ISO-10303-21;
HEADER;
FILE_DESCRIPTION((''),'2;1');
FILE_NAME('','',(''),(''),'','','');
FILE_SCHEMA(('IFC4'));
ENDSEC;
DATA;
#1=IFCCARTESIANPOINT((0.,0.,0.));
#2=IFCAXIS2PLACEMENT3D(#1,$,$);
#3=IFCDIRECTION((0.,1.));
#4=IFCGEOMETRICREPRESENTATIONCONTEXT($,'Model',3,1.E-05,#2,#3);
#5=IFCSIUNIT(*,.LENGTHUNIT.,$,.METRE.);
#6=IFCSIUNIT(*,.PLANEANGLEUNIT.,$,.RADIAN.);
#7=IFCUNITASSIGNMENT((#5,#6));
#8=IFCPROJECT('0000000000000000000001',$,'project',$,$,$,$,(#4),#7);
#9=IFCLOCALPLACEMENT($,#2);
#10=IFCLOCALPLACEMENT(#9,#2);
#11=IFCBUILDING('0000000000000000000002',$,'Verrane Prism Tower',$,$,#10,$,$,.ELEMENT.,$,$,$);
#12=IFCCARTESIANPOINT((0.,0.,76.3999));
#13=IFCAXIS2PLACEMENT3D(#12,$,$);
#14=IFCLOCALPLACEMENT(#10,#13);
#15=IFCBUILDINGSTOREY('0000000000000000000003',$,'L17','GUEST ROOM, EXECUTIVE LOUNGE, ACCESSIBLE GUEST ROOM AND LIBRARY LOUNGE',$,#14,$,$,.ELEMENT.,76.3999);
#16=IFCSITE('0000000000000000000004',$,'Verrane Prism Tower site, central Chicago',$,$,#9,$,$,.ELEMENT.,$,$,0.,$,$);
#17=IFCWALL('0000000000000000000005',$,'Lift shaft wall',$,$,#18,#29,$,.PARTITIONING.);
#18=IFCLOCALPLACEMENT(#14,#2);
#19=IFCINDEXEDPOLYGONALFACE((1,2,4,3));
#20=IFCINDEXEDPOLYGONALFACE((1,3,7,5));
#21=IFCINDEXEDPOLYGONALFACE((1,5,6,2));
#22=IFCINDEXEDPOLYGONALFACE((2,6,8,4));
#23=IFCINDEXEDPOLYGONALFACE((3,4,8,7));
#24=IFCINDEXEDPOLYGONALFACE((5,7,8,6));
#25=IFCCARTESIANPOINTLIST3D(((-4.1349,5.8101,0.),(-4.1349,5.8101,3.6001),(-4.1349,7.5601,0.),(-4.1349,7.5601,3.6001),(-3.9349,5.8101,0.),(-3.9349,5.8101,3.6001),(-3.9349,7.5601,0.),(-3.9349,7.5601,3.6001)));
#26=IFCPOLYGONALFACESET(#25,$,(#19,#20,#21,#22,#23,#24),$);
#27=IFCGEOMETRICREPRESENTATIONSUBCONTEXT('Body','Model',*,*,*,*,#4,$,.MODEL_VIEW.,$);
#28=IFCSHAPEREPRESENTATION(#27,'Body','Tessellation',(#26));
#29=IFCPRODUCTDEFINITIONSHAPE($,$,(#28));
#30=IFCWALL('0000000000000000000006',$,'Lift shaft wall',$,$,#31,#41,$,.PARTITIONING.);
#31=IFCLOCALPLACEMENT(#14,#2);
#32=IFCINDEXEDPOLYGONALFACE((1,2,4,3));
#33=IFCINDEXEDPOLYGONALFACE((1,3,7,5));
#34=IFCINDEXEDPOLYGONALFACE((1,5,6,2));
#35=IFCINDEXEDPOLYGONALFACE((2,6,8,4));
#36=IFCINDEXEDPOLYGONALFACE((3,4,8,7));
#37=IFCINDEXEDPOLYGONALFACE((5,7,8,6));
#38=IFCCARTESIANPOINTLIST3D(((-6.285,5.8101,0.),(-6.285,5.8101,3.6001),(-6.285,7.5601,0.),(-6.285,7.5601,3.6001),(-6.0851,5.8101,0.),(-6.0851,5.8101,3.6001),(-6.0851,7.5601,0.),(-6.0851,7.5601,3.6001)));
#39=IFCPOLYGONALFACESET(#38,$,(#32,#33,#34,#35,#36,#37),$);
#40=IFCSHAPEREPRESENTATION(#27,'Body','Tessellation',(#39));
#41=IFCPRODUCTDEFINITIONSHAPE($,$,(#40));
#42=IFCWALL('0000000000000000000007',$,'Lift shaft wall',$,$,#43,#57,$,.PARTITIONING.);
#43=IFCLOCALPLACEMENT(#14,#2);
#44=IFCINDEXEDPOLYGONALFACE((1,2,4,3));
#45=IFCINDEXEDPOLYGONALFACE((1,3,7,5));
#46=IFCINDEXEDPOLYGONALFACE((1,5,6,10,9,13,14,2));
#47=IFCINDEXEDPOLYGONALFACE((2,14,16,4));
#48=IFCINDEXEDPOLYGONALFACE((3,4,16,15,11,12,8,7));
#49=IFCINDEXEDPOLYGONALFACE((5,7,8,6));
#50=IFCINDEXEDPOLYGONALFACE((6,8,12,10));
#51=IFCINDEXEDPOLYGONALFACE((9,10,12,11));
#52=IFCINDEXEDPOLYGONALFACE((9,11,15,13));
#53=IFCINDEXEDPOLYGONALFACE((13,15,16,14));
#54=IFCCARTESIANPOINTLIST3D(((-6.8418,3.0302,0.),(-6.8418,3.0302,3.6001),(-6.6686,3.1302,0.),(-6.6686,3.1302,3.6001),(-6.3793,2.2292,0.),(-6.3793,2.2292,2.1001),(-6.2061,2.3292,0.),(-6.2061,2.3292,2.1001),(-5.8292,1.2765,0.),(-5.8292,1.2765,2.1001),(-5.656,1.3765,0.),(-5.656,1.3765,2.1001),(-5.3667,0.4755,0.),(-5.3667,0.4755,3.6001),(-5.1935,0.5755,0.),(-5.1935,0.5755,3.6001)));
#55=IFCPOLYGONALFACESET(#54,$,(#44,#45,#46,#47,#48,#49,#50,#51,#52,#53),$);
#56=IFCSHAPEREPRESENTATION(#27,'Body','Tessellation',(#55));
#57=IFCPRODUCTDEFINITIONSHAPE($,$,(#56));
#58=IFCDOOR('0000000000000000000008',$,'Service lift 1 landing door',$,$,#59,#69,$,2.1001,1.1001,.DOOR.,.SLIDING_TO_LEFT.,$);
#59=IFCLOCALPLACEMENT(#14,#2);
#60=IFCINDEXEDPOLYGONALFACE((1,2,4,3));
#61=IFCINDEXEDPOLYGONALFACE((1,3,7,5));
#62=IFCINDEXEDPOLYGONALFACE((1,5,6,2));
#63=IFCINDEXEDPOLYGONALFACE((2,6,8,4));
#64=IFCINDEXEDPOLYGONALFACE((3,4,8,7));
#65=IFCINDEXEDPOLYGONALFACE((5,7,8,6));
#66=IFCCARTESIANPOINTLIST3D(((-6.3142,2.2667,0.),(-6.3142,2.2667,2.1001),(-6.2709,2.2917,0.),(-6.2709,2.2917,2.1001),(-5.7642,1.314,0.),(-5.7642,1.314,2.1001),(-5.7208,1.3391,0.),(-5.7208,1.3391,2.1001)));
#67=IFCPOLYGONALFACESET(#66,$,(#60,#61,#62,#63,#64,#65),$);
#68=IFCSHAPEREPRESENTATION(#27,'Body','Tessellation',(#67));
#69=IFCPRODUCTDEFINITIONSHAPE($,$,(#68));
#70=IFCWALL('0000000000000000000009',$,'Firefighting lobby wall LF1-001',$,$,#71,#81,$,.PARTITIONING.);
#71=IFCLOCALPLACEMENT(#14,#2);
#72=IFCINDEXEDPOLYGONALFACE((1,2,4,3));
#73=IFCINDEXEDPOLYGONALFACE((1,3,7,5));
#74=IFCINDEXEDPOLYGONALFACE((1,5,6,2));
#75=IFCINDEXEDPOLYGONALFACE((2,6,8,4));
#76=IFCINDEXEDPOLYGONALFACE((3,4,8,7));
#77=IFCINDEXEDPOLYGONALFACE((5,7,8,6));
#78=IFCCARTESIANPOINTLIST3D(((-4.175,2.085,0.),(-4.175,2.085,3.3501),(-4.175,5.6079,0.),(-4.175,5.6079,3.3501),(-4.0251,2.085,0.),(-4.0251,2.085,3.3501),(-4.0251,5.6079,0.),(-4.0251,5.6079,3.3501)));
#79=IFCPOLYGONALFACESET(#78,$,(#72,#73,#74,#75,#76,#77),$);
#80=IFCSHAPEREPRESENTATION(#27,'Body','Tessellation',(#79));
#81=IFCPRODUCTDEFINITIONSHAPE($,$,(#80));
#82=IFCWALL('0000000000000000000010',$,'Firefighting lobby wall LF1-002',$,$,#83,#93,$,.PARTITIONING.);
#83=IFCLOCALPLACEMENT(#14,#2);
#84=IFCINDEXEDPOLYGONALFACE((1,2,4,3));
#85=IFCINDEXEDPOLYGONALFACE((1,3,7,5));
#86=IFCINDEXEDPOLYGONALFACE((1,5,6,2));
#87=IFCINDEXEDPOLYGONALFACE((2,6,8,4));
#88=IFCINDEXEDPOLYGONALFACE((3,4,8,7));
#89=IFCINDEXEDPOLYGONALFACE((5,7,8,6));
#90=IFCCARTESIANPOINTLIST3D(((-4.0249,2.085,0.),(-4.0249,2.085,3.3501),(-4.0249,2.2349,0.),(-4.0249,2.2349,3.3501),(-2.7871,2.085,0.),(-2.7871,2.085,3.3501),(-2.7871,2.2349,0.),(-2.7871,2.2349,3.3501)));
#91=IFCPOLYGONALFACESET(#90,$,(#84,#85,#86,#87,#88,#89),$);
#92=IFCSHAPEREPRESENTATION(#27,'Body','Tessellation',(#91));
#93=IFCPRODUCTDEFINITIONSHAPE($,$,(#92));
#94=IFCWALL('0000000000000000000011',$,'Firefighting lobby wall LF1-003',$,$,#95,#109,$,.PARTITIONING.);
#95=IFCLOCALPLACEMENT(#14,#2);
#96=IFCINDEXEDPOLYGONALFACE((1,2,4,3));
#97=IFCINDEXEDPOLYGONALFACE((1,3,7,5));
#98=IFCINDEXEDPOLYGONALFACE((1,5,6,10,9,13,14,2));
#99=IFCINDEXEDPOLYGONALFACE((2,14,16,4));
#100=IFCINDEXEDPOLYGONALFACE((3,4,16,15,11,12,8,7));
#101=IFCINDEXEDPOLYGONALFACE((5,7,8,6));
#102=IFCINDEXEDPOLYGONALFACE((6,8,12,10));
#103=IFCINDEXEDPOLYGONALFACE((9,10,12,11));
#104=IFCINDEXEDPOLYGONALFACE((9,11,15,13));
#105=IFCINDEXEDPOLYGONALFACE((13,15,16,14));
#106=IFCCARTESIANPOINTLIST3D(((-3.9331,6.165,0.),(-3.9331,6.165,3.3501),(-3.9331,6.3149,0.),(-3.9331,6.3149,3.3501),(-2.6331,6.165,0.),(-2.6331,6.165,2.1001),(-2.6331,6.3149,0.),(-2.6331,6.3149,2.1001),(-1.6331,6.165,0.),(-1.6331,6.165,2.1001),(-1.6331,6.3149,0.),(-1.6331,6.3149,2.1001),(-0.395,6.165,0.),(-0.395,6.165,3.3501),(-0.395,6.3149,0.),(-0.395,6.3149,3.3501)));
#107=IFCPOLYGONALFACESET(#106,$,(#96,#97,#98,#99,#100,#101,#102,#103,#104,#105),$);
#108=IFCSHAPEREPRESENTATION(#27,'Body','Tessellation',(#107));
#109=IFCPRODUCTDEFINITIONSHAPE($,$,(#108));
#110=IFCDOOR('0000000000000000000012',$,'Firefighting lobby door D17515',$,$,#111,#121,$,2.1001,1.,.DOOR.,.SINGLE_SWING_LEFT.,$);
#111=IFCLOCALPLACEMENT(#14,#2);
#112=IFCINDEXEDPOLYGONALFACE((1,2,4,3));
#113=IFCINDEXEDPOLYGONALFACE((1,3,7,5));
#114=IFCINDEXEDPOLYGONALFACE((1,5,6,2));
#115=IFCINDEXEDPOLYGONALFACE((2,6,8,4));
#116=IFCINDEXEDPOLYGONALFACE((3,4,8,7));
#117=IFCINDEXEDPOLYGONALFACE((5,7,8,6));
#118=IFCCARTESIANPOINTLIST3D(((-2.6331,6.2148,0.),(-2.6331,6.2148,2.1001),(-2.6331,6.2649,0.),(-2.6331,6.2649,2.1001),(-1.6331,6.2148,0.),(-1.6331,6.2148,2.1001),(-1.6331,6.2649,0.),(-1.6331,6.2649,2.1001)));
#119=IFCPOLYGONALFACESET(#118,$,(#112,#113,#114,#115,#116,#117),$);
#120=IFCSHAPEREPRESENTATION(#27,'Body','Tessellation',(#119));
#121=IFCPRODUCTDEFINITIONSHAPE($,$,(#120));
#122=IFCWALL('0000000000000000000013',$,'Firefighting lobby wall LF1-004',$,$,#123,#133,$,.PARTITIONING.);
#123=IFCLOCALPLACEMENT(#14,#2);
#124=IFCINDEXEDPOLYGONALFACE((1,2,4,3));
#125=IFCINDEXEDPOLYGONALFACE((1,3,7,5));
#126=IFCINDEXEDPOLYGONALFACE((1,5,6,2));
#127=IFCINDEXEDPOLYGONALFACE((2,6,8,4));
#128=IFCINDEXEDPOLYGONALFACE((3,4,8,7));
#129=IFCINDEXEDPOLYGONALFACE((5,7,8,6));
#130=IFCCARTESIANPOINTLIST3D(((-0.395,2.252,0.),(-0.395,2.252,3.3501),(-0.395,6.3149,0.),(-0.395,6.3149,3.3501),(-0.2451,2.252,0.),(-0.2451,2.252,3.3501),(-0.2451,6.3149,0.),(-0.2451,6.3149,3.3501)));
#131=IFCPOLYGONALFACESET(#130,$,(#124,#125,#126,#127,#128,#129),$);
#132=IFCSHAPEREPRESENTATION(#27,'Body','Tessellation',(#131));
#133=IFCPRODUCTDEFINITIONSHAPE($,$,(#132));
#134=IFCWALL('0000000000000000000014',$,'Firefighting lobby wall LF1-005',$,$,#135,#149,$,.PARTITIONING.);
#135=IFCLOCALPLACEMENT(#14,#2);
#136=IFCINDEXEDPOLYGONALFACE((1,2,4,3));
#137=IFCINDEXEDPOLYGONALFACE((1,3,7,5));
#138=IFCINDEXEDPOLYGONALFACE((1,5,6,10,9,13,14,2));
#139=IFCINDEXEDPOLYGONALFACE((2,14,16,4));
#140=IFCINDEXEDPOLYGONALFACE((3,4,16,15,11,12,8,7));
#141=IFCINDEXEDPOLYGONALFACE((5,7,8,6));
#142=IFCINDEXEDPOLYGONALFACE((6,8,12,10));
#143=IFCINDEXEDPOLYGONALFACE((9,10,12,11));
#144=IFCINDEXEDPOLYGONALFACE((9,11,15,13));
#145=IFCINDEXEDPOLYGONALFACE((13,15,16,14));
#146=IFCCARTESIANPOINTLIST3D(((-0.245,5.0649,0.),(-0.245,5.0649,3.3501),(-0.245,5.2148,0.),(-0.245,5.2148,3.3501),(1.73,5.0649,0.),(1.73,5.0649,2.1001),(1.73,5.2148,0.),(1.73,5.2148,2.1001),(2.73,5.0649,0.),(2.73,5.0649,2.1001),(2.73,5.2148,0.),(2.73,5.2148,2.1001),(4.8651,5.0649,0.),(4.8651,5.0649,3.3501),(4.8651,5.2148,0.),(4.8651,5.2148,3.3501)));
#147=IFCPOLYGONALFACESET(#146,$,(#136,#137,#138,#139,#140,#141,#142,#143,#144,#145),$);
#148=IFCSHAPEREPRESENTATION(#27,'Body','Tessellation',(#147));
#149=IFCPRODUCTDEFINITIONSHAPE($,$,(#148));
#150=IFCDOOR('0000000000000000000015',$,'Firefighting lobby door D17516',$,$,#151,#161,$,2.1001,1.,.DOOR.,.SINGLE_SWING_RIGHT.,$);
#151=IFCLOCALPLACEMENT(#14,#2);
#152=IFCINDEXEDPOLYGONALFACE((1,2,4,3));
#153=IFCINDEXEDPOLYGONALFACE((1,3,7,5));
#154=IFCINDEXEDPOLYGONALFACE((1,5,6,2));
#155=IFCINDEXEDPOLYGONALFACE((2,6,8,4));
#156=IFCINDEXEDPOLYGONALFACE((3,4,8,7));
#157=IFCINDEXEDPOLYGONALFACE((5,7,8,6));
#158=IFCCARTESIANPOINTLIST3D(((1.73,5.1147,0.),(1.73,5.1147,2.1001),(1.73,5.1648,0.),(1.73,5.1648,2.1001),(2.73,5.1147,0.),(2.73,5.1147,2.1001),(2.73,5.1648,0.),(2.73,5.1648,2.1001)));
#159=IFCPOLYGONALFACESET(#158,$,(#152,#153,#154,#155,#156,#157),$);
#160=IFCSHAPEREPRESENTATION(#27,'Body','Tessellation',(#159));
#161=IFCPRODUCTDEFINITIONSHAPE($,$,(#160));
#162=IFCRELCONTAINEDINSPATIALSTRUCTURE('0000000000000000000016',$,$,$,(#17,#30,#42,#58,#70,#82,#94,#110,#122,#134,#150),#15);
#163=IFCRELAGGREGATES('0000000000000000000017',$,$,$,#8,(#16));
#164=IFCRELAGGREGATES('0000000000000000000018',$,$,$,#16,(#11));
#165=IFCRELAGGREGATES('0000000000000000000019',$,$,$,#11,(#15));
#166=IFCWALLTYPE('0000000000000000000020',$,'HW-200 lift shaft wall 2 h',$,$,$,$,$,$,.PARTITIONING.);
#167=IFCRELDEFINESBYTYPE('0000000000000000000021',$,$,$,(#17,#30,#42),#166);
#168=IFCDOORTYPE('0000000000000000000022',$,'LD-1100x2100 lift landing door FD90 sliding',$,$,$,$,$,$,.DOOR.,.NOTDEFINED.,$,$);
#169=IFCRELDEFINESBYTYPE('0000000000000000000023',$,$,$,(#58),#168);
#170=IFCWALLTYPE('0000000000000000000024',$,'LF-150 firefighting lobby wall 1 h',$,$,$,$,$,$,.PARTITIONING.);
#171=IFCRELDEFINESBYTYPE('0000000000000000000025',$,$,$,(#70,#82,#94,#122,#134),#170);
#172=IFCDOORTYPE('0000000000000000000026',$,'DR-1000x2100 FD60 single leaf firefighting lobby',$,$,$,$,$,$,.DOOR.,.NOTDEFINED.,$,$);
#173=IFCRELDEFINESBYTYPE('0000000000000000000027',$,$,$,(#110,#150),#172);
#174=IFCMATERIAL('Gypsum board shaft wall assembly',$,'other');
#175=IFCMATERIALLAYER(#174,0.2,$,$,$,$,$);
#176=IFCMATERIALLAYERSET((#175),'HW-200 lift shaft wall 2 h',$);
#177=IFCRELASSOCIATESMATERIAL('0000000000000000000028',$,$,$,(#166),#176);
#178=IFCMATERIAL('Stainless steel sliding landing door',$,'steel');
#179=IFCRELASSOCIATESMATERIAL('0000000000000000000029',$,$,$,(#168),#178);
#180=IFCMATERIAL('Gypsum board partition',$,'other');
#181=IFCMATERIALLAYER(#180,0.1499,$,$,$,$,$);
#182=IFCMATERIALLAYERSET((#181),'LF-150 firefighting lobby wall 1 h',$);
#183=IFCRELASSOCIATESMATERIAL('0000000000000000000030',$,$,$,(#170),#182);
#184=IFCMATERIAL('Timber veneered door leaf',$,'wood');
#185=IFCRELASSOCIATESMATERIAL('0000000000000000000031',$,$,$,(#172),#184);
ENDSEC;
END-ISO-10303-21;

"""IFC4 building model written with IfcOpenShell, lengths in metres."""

from ifc_helpers import new_model, si_unit, direction, frame, frame_2d, origin, place, context, subcontext, project, spatial, rectangle, extrude, material, layer, layer_set, type_object, element, fill, save


model = new_model("IFC4")

# Units and contexts
model_context = context("Model", 3, precision=1e-05, world=origin(), true_north=direction((0.0, 1.0)))
body_context = subcontext(model_context, "Body", "Model", "MODEL_VIEW")
ifc_project = project(units=[si_unit("LENGTHUNIT", "METRE"), si_unit("PLANEANGLEUNIT", "RADIAN")], contexts=[model_context])

# Site, building, storey
site_placement = place(None, origin())
site = spatial("IfcSite", under=ifc_project, at=site_placement, Name="Verrane Prism Tower site, central Chicago", CompositionType="ELEMENT", RefElevation=0.0)
building_placement = place(site_placement, origin())
building = spatial("IfcBuilding", under=site, at=building_placement, Name="Verrane Prism Tower", CompositionType="ELEMENT")
storey_placement = place(building_placement, frame((0.0, 0.0, 76.3999)))
storey = spatial("IfcBuildingStorey", under=building, at=storey_placement, Name="L17", Description="GUEST ROOM, EXECUTIVE LOUNGE, ACCESSIBLE GUEST ROOM AND LIBRARY LOUNGE", CompositionType="ELEMENT", Elevation=76.3999)

# Shared definitions
ifc_material_1 = material(Name="Gypsum board shaft wall assembly", Category="other")
ifc_layer_1 = layer(ifc_material_1, 0.2)
ifc_layer_set_1 = layer_set([ifc_layer_1], Name="HW-200 lift shaft wall 2 h")
wall_type_1 = type_object("IfcWallType", Name="HW-200 lift shaft wall 2 h", PredefinedType="PARTITIONING", material=ifc_layer_set_1)
ifc_material_2 = material(Name="Stainless steel sliding landing door", Category="steel")
door_type_1 = type_object("IfcDoorType", Name="LD-1100x2100 lift landing door FD90 sliding", OperationType="NOTDEFINED", PredefinedType="DOOR", material=ifc_material_2)

# Walls
for number, where, z_axis, x_axis, name in (
    (1, (-4.0349, 5.8101, 0.0), (0.0, 0.0, 1.0), (0.0, 1.0, 0.0), "Lift shaft wall"),
    (2, (-6.1851, 5.8101, 0.0), (0.0, 0.0, 1.0), (0.0, 1.0, 0.0), "Lift shaft wall"),
):
    element("IfcWall", number, at=place(storey_placement, frame(where, z_axis=z_axis, x_axis=x_axis)), inside=storey, type_object=wall_type_1, Name=name, PredefinedType="PARTITIONING", context=body_context, shape_type="SweptSolid", body=[
        extrude(rectangle(XDim=1.75, YDim=0.2, at=frame_2d((0.875, 0.0))), origin(), (0.0, 0.0, 1.0), 3.6001),
    ])

# Wall, opening, door
wall_1_placement = place(storey_placement, frame((-5.28, 0.5254, 0.0), z_axis=(0.0, 0.0, 1.0), x_axis=(-0.500038, 0.866004, 0.0)))
wall_1 = element("IfcWall", 3, at=wall_1_placement, inside=storey, type_object=wall_type_1, Name="Lift shaft wall", PredefinedType="PARTITIONING", context=body_context, shape_type="SweptSolid", body=[
    extrude(rectangle(XDim=2.95, YDim=0.2, at=frame_2d((1.4751, 0.0))), origin(), (0.0, 0.0, 1.0), 3.6001),
])
opening_1_placement = place(wall_1_placement, frame((0.925, 0.0, 0.0)))
opening_1 = element("IfcOpeningElement", 4, at=opening_1_placement, cuts=wall_1, PredefinedType="OPENING", context=body_context, shape_type="SweptSolid", body=[
    extrude(rectangle(XDim=1.1001, YDim=2.1001, at=frame_2d((0.55, 1.05))), frame((0.0, 0.1099, 0.0), z_axis=(0.0, -1.0, 0.0), x_axis=(1.0, 0.0, 0.0)), (0.0, 0.0, 1.0), 0.22),
])
door_1_placement = place(opening_1_placement, origin())
door_1 = element("IfcDoor", 5, at=door_1_placement, inside=storey, type_object=door_type_1, Name="Service lift 1 landing door", OperationType="SLIDING_TO_LEFT", OverallHeight=2.1001, OverallWidth=1.1001, PredefinedType="DOOR", context=body_context, shape_type="SweptSolid", body=[
    extrude(rectangle(XDim=1.1001, YDim=2.1001, at=frame_2d((0.55, 1.05))), frame((0.0, 0.0249, 0.0), z_axis=(0.0, -1.0, 0.0), x_axis=(1.0, 0.0, 0.0)), (0.0, 0.0, 1.0), 0.05),
])
fill(opening_1, door_1)

# Walls
ifc_material_3 = material(Name="Gypsum board partition", Category="other")
ifc_layer_2 = layer(ifc_material_3, 0.1499)
ifc_layer_set_2 = layer_set([ifc_layer_2], Name="LF-150 firefighting lobby wall 1 h")
wall_type_2 = type_object("IfcWallType", Name="LF-150 firefighting lobby wall 1 h", PredefinedType="PARTITIONING", material=ifc_layer_set_2)
wall_2_placement = place(storey_placement, frame((-4.1001, 2.085, 0.0), z_axis=(0.0, 0.0, 1.0), x_axis=(0.0, 1.0, 0.0)))
element("IfcWall", 6, at=wall_2_placement, inside=storey, type_object=wall_type_2, Name="Firefighting lobby wall LF1-001", PredefinedType="PARTITIONING", context=body_context, shape_type="SweptSolid", body=[
    extrude(rectangle(XDim=3.5229, YDim=0.1499, at=frame_2d((1.7615, 0.0))), origin(), (0.0, 0.0, 1.0), 3.3501),
])
wall_3_placement = place(storey_placement, frame((-4.0249, 2.1599, 0.0), z_axis=(0.0, 0.0, 1.0), x_axis=(1.0, 0.0, 0.0)))
element("IfcWall", 7, at=wall_3_placement, inside=storey, type_object=wall_type_2, Name="Firefighting lobby wall LF1-002", PredefinedType="PARTITIONING", context=body_context, shape_type="SweptSolid", body=[
    extrude(rectangle(XDim=1.2378, YDim=0.1499, at=frame_2d((0.6189, 0.0))), origin(), (0.0, 0.0, 1.0), 3.3501),
])

# Wall, opening, door
wall_4_placement = place(storey_placement, frame((-3.9331, 6.24, 0.0), z_axis=(0.0, 0.0, 1.0), x_axis=(1.0, 0.0, 0.0)))
wall_4 = element("IfcWall", 8, at=wall_4_placement, inside=storey, type_object=wall_type_2, Name="Firefighting lobby wall LF1-003", PredefinedType="PARTITIONING", context=body_context, shape_type="SweptSolid", body=[
    extrude(rectangle(XDim=3.5381, YDim=0.1499, at=frame_2d((1.769, 0.0))), origin(), (0.0, 0.0, 1.0), 3.3501),
])
opening_2_placement = place(wall_4_placement, frame((1.3, 0.0, 0.0)))
opening_2 = element("IfcOpeningElement", 9, at=opening_2_placement, cuts=wall_4, PredefinedType="OPENING", context=body_context, shape_type="SweptSolid", body=[
    extrude(rectangle(XDim=1.0, YDim=2.1001, at=frame_2d((0.5, 1.05))), frame((0.0, 0.085, 0.0), z_axis=(0.0, -1.0, 0.0), x_axis=(1.0, 0.0, 0.0)), (0.0, 0.0, 1.0), 0.1699),
])
ifc_material_4 = material(Name="Timber veneered door leaf", Category="wood")
door_type_2 = type_object("IfcDoorType", Name="DR-1000x2100 FD60 single leaf firefighting lobby", OperationType="NOTDEFINED", PredefinedType="DOOR", material=ifc_material_4)
door_2_placement = place(opening_2_placement, origin())
door_2 = element("IfcDoor", 10, at=door_2_placement, inside=storey, type_object=door_type_2, Name="Firefighting lobby door D17515", OperationType="SINGLE_SWING_LEFT", OverallHeight=2.1001, OverallWidth=1.0, PredefinedType="DOOR", context=body_context, shape_type="SweptSolid", body=[
    extrude(rectangle(XDim=1.0, YDim=2.1001, at=frame_2d((0.5, 1.05))), frame((0.0, 0.0249, 0.0), z_axis=(0.0, -1.0, 0.0), x_axis=(1.0, 0.0, 0.0)), (0.0, 0.0, 1.0), 0.05),
])
fill(opening_2, door_2)

# Wall
wall_5_placement = place(storey_placement, frame((-0.3201, 2.252, 0.0), z_axis=(0.0, 0.0, 1.0), x_axis=(0.0, 1.0, 0.0)))
element("IfcWall", 11, at=wall_5_placement, inside=storey, type_object=wall_type_2, Name="Firefighting lobby wall LF1-004", PredefinedType="PARTITIONING", context=body_context, shape_type="SweptSolid", body=[
    extrude(rectangle(XDim=4.063, YDim=0.1499, at=frame_2d((2.0315, 0.0))), origin(), (0.0, 0.0, 1.0), 3.3501),
])

# Wall, opening, door
wall_6_placement = place(storey_placement, frame((-0.2451, 5.1399, 0.0), z_axis=(0.0, 0.0, 1.0), x_axis=(1.0, 0.0, 0.0)))
wall_6 = element("IfcWall", 12, at=wall_6_placement, inside=storey, type_object=wall_type_2, Name="Firefighting lobby wall LF1-005", PredefinedType="PARTITIONING", context=body_context, shape_type="SweptSolid", body=[
    extrude(rectangle(XDim=5.1101, YDim=0.1499, at=frame_2d((2.5552, 0.0))), origin(), (0.0, 0.0, 1.0), 3.3501),
])
opening_3_placement = place(wall_6_placement, frame((1.9751, 0.0, 0.0)))
opening_3 = element("IfcOpeningElement", 13, at=opening_3_placement, cuts=wall_6, PredefinedType="OPENING", context=body_context, shape_type="SweptSolid", body=[
    extrude(rectangle(XDim=1.0, YDim=2.1001, at=frame_2d((0.5, 1.05))), frame((0.0, 0.085, 0.0), z_axis=(0.0, -1.0, 0.0), x_axis=(1.0, 0.0, 0.0)), (0.0, 0.0, 1.0), 0.1699),
])
door_3_placement = place(opening_3_placement, origin())
door_3 = element("IfcDoor", 14, at=door_3_placement, inside=storey, type_object=door_type_2, Name="Firefighting lobby door D17516", OperationType="SINGLE_SWING_RIGHT", OverallHeight=2.1001, OverallWidth=1.0, PredefinedType="DOOR", context=body_context, shape_type="SweptSolid", body=[
    extrude(rectangle(XDim=1.0, YDim=2.1001, at=frame_2d((0.5, 1.05))), frame((0.0, 0.0249, 0.0), z_axis=(0.0, -1.0, 0.0), x_axis=(1.0, 0.0, 0.0)), (0.0, 0.0, 1.0), 0.05),
])
fill(opening_3, door_3)

save(model, "model.ifc")
